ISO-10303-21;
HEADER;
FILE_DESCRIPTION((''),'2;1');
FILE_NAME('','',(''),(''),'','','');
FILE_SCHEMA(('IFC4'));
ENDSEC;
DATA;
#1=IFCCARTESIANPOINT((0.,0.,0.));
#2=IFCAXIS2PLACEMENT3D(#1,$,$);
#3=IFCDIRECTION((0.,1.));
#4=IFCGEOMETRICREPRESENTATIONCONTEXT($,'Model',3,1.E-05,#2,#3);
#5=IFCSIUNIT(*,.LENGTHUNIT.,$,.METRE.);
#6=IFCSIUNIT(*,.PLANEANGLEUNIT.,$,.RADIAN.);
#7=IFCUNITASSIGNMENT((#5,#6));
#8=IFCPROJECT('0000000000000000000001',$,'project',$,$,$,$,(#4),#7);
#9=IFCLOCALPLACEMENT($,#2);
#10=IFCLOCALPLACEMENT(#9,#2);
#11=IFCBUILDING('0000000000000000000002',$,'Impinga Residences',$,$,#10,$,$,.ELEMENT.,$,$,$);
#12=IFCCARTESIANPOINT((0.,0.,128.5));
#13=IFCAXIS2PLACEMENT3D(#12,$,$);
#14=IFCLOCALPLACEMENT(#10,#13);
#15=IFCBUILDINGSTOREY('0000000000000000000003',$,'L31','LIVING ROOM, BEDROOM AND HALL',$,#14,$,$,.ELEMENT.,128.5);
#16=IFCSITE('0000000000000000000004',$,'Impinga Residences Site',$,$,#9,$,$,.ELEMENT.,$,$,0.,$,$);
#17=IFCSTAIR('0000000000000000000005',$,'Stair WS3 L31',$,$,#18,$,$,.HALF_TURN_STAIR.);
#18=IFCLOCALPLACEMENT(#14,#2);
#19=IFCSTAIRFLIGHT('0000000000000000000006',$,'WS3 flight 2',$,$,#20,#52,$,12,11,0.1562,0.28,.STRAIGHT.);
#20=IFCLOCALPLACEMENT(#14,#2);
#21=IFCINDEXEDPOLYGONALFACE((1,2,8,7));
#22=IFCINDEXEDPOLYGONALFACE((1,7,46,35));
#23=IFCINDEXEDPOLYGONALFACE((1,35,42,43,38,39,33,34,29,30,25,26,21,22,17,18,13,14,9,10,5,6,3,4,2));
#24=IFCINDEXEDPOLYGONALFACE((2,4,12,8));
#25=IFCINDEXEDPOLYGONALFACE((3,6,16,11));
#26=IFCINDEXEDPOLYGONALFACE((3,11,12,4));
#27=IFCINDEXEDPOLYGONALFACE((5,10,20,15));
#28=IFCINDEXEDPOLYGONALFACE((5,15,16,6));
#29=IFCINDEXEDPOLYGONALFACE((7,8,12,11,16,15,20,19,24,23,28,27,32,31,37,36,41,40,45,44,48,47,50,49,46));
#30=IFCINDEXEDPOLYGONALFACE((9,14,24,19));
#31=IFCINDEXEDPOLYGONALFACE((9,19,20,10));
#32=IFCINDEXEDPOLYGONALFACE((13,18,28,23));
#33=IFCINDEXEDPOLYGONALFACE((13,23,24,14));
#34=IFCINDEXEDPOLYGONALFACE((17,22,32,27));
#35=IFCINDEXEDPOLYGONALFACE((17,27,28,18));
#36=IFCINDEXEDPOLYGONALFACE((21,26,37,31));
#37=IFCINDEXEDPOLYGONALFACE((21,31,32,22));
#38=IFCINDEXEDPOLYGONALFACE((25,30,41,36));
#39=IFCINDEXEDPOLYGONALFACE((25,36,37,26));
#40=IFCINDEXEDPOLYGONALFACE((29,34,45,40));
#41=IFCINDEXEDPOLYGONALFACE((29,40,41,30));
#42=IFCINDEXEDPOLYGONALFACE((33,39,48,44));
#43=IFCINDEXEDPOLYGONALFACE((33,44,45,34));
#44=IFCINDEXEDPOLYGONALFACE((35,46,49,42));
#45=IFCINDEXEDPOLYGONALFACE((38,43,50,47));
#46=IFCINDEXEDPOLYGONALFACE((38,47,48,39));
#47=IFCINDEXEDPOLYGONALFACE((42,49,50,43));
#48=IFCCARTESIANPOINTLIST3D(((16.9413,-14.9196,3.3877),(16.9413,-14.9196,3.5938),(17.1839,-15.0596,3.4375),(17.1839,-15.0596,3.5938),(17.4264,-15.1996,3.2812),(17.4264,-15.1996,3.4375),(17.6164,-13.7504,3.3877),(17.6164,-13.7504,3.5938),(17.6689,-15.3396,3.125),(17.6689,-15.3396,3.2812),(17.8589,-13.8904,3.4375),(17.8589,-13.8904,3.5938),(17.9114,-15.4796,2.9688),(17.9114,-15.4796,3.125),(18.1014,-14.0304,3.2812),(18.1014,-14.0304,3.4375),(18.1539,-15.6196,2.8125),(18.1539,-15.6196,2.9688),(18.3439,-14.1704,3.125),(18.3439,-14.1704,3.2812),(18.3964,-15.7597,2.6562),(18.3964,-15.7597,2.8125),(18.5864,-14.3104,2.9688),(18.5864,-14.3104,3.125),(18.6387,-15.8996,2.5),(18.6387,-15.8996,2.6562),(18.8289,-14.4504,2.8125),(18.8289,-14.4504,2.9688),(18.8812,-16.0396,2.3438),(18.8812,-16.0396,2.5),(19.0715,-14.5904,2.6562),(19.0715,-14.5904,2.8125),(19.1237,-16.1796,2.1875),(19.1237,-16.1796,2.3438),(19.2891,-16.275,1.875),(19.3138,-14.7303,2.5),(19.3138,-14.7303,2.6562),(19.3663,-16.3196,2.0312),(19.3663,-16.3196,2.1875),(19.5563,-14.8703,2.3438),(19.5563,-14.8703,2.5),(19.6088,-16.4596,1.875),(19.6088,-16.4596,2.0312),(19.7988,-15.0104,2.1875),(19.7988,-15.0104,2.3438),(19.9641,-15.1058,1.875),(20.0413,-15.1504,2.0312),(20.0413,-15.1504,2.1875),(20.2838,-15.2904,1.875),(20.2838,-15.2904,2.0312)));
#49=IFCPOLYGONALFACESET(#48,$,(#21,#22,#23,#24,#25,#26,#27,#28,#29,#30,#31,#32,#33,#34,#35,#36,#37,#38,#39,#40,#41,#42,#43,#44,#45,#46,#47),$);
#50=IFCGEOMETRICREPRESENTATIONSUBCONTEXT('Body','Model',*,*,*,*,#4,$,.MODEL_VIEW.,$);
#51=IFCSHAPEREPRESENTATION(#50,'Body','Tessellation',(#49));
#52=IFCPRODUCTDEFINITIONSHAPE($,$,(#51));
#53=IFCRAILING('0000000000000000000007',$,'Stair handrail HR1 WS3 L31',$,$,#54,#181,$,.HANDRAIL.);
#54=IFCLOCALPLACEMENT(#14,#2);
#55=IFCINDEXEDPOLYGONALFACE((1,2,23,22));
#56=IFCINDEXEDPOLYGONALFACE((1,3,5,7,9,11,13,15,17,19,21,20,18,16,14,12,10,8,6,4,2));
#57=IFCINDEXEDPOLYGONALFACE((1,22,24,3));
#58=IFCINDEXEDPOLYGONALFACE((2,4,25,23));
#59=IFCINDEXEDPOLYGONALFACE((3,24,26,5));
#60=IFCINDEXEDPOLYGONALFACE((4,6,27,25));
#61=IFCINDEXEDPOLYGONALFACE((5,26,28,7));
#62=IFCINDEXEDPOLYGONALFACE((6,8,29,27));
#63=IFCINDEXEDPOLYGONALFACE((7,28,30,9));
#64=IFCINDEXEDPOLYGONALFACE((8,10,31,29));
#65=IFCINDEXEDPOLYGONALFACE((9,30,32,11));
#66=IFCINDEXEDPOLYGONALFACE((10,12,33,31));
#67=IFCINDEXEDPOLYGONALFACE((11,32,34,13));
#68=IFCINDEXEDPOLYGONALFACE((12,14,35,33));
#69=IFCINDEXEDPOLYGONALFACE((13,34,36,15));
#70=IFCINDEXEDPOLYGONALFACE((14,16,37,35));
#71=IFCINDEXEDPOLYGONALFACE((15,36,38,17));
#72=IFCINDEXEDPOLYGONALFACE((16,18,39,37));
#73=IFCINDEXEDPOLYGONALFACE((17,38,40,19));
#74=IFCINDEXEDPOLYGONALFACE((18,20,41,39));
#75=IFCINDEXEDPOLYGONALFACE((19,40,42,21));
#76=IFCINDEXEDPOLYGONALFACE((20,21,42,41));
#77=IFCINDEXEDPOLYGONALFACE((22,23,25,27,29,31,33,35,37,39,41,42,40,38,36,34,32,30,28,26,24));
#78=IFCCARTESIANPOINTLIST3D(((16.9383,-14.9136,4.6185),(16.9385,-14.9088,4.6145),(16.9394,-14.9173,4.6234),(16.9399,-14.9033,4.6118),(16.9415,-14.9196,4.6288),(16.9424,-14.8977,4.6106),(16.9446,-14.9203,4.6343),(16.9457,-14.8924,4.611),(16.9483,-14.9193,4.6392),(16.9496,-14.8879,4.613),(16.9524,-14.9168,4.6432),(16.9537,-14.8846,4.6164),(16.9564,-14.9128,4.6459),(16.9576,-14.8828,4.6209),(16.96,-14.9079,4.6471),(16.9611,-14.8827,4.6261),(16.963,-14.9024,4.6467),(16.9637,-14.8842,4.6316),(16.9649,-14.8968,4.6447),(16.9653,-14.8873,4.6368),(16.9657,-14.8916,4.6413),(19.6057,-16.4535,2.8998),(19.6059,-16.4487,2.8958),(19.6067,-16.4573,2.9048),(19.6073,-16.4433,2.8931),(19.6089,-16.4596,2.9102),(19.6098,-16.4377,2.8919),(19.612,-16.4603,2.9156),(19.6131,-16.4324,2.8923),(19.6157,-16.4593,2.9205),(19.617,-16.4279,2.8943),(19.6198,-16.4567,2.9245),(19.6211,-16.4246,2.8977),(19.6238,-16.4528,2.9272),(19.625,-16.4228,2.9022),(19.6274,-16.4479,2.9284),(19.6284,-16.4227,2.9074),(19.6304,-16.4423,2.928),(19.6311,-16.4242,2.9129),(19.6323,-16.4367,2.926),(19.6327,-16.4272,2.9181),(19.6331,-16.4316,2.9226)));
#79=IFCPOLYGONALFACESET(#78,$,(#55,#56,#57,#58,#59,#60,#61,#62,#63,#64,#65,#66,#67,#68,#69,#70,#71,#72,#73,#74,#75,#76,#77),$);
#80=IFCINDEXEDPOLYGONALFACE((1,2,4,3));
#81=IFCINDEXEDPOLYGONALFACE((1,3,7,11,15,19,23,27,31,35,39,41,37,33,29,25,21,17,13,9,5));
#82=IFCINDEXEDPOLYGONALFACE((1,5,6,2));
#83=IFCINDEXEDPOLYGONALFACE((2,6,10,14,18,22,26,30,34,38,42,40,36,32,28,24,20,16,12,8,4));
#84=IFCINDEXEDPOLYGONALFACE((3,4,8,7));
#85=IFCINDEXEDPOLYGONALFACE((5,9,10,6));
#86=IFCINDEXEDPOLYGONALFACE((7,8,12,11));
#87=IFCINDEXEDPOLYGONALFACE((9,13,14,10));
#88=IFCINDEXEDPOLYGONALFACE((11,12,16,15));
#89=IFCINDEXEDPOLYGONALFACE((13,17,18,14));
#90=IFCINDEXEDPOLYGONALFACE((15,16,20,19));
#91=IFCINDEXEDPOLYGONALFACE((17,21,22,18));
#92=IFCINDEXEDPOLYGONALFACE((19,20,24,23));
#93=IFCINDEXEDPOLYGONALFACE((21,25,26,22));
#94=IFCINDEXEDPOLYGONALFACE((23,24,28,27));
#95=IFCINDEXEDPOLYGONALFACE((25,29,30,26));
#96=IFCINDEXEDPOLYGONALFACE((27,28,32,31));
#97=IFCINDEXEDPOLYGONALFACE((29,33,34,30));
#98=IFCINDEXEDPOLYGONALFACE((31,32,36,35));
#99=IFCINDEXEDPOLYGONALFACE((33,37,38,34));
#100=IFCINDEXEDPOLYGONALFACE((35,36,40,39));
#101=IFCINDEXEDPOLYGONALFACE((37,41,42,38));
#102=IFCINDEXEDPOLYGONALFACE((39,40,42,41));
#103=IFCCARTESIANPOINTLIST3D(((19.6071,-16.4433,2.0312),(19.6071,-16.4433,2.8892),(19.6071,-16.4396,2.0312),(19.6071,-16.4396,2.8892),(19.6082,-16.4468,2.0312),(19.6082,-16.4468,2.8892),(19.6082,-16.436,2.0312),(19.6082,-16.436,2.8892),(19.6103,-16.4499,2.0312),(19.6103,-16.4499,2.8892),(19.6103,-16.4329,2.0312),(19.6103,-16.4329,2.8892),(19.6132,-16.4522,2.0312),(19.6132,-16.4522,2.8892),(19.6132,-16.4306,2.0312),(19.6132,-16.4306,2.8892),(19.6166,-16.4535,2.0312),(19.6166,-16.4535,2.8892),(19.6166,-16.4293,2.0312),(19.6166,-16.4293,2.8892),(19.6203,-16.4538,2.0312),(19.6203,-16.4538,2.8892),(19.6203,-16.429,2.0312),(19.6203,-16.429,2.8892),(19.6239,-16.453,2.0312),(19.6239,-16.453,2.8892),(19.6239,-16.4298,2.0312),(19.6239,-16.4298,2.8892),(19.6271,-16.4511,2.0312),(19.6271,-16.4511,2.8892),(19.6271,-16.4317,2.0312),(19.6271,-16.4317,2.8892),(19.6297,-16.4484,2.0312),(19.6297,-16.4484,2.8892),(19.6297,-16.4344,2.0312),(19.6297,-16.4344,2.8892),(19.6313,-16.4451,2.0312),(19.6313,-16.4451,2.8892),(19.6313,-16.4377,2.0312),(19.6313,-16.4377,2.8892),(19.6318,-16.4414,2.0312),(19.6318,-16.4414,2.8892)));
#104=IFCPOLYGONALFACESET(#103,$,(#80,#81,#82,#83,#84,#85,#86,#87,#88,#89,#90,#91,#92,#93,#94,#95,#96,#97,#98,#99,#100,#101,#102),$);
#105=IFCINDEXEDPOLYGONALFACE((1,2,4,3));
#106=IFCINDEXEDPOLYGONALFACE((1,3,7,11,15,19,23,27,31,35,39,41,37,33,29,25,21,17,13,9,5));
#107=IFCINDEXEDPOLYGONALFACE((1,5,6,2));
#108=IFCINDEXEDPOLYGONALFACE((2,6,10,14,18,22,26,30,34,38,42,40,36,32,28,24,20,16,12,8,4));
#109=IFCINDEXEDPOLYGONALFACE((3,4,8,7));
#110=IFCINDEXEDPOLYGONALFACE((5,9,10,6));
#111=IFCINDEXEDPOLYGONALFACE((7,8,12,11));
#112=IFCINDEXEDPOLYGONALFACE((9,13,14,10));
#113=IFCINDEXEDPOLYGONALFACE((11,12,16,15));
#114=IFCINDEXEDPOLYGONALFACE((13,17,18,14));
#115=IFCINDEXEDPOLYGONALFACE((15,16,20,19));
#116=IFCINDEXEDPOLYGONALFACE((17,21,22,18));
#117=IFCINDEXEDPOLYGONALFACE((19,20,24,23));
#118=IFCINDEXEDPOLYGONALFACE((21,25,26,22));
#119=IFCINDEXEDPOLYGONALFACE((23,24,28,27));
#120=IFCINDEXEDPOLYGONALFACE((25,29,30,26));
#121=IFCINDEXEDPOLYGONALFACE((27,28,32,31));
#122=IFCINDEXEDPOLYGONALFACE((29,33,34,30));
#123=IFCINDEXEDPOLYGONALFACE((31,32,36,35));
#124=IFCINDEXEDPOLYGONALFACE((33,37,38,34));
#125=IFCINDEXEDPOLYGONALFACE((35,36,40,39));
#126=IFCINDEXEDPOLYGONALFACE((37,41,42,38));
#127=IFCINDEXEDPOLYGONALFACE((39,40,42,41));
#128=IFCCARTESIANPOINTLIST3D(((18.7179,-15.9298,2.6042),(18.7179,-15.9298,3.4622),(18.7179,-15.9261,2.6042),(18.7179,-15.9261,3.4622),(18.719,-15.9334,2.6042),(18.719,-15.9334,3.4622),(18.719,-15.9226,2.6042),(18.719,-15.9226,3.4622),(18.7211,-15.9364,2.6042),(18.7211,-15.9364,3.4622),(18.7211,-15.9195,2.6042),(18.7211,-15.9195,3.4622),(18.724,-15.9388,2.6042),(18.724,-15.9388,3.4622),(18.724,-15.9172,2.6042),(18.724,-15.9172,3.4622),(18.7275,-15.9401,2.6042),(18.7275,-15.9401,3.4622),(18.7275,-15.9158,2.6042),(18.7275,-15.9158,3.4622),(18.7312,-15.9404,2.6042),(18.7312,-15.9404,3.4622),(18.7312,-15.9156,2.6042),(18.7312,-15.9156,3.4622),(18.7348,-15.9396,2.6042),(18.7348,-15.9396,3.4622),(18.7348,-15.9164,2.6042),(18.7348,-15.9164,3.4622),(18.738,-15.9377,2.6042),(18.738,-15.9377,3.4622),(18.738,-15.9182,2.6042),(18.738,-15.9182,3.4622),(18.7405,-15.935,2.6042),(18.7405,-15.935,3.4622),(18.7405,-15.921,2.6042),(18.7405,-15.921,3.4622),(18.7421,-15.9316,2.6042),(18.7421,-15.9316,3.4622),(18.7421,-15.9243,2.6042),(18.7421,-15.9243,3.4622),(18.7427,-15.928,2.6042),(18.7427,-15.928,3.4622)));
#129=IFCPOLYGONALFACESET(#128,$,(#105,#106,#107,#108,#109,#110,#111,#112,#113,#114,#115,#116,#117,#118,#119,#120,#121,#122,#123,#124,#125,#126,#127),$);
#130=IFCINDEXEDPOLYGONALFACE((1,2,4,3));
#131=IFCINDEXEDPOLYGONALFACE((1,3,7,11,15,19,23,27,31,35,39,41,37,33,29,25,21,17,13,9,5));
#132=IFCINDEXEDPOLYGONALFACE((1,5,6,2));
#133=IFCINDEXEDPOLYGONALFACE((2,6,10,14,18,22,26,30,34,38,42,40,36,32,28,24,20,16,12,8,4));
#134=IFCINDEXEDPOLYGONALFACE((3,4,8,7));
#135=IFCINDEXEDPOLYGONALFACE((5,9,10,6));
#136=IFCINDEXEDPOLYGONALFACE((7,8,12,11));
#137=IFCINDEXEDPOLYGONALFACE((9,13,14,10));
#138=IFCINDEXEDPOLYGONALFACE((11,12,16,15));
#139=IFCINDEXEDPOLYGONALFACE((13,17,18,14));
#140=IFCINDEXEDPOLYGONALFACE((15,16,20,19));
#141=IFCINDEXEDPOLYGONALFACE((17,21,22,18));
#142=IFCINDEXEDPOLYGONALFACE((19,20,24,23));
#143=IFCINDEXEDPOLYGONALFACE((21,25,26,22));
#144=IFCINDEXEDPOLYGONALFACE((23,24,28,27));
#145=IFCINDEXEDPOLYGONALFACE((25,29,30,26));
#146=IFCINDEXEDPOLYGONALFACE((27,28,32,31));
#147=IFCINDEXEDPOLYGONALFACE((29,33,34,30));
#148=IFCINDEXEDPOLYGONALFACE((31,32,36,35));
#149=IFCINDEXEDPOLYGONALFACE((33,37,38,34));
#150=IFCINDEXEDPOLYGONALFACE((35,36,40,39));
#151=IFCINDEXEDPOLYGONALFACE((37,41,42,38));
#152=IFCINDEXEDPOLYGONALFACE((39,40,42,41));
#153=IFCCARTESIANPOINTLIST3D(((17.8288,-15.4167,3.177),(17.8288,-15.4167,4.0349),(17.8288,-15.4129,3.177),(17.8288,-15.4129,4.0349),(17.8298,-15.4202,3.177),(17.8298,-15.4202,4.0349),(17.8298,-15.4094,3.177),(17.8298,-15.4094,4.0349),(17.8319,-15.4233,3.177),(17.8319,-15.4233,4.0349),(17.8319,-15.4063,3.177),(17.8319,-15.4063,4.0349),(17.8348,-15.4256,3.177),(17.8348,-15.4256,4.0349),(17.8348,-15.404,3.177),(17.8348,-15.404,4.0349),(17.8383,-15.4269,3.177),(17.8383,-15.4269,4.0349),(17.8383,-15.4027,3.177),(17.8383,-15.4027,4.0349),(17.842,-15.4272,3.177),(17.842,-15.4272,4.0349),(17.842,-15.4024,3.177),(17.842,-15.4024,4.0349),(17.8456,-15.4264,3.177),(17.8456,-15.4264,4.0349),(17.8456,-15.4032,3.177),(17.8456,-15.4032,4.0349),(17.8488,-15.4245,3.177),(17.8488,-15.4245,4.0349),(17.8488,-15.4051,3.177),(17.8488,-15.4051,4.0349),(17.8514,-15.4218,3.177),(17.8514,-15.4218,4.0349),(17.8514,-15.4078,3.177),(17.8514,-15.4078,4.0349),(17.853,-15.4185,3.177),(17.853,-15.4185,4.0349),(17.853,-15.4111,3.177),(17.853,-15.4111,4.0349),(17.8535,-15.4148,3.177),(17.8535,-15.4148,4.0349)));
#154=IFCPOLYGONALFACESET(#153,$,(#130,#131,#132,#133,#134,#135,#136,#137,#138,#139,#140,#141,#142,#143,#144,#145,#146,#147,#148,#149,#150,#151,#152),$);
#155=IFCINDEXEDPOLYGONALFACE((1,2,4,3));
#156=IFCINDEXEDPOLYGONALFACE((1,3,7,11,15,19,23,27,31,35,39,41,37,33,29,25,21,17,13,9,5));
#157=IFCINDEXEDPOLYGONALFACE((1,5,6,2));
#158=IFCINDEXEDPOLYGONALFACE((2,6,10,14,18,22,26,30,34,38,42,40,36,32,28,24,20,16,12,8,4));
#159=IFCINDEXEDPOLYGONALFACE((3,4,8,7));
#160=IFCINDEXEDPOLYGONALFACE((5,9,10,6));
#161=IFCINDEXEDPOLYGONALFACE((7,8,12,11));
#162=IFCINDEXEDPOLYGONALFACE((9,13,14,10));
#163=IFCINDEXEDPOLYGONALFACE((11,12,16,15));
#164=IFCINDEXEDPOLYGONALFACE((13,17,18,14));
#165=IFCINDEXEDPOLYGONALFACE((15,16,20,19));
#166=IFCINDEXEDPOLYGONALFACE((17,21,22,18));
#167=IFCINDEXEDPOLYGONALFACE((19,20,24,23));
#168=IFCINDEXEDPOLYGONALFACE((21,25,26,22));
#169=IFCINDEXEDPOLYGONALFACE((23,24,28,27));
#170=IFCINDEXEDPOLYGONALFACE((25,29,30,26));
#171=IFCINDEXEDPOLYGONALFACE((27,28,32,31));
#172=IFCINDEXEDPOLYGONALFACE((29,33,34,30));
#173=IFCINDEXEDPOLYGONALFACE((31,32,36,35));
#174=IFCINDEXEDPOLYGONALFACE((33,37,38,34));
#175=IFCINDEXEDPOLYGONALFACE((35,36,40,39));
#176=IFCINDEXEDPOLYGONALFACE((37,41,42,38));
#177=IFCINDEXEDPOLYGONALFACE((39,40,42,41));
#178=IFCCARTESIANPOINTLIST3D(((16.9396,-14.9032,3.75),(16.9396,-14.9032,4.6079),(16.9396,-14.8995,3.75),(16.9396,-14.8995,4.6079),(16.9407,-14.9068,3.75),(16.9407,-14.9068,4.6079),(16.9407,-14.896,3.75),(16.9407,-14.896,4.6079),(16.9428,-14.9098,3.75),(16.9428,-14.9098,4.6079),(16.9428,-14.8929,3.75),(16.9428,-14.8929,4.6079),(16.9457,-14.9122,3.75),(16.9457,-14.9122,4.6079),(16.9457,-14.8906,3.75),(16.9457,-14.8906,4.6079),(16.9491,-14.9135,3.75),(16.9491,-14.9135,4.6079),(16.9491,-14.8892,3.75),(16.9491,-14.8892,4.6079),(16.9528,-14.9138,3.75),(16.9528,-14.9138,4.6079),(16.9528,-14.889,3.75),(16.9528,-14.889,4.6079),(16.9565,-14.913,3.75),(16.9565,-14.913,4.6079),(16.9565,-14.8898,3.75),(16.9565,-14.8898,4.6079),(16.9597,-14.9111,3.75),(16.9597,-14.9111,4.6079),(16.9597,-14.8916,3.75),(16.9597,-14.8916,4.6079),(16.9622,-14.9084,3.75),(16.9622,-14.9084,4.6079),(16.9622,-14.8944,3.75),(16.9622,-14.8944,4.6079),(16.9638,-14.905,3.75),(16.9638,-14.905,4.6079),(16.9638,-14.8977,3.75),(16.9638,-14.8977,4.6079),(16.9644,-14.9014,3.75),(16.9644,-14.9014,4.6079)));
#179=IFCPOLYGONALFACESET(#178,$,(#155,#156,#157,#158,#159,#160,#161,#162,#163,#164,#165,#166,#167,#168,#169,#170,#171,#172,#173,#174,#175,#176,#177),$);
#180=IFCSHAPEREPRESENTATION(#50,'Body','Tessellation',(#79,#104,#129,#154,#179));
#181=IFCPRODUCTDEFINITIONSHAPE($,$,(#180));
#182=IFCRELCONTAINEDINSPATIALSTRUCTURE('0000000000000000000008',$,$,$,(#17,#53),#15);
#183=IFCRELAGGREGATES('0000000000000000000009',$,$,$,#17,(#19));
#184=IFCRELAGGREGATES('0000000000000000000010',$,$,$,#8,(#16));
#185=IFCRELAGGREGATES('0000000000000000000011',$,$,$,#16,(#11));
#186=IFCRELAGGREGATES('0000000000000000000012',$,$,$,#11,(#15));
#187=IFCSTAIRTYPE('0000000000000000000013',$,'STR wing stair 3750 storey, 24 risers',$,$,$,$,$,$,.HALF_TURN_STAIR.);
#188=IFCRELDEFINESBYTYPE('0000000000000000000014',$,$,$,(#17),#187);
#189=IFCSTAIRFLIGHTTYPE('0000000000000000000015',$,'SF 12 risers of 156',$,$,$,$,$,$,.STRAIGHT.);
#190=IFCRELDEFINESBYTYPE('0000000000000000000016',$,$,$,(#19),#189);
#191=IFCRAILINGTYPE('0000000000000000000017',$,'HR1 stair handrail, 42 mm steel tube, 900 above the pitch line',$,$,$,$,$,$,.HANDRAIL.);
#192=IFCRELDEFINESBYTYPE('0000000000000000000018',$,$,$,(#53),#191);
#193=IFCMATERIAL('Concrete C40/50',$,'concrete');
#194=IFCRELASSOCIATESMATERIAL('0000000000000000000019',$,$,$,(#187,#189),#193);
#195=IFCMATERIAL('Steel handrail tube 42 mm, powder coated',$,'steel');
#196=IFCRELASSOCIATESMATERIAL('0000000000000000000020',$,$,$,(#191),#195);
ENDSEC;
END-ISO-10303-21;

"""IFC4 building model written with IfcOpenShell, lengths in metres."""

from ifc_helpers import new_model, si_unit, direction, frame, origin, origin_2d, place, context, subcontext, project, spatial, polyline, circle, outline, extrude, material, type_object, element, aggregate, save


model = new_model("IFC4")

# Units and contexts
model_context = context("Model", 3, precision=1e-05, world=origin(), true_north=direction((0.0, 1.0)))
body_context = subcontext(model_context, "Body", "Model", "MODEL_VIEW")
ifc_project = project(units=[si_unit("LENGTHUNIT", "METRE"), si_unit("PLANEANGLEUNIT", "RADIAN")], contexts=[model_context])

# Site, building, storey
site_placement = place(None, origin())
site = spatial("IfcSite", under=ifc_project, at=site_placement, Name="Impinga Residences Site", CompositionType="ELEMENT", RefElevation=0.0)
building_placement = place(site_placement, origin())
building = spatial("IfcBuilding", under=site, at=building_placement, Name="Impinga Residences", CompositionType="ELEMENT")
storey_placement = place(building_placement, frame((0.0, 0.0, 128.5)))
storey = spatial("IfcBuildingStorey", under=building, at=storey_placement, Name="L31", Description="LIVING ROOM, BEDROOM AND HALL", CompositionType="ELEMENT", Elevation=128.5)

# Stair, stair flight
ifc_material_1 = material(Name="Concrete C40/50", Category="concrete")
stair_type = type_object("IfcStairType", Name="STR wing stair 3750 storey, 24 risers", PredefinedType="HALF_TURN_STAIR", material=ifc_material_1)
stair_placement = place(storey_placement, origin())
stair = element("IfcStair", 1, at=stair_placement, inside=storey, type_object=stair_type, Name="Stair WS3 L31", PredefinedType="HALF_TURN_STAIR")
stair_flight_type = type_object("IfcStairFlightType", Name="SF 12 risers of 156", PredefinedType="STRAIGHT", material=ifc_material_1)
stair_flight_placement = place(storey_placement, frame((19.9463, -15.875, 1.875), z_axis=(0.0, 0.0, 1.0), x_axis=(-0.866025, 0.5, 0.0)))
stair_flight = element("IfcStairFlight", 2, at=stair_flight_placement, type_object=stair_flight_type, Name="WS3 flight 2", NumberOfRisers=12, NumberOfTreads=11, PredefinedType="STRAIGHT", RiserHeight=0.1562, TreadLength=0.28, context=body_context, shape_type="SweptSolid", body=[
    extrude(outline(polyline([(0.0, 0.0), (0.0, 0.1562), (0.28, 0.1562), (0.28, 0.3125), (0.5601, 0.3125), (0.5601, 0.4688), (0.8401, 0.4688), (0.8401, 0.625), (1.1201, 0.625), (1.1201, 0.7812), (1.3999, 0.7812), (1.3999, 0.9375), (1.6799, 0.9375), (1.6799, 1.0938), (1.96, 1.0938), (1.96, 1.25), (2.24, 1.25), (2.24, 1.4062), (2.52, 1.4062), (2.52, 1.5625), (2.8, 1.5625), (2.8, 1.7188), (3.0801, 1.7188), (3.0801, 1.875), (3.0801, 1.5127), (0.3691, 0.0), (0.0, 0.0)])), frame((0.0, 0.675, 0.0), z_axis=(0.0, -1.0, 0.0), x_axis=(1.0, 0.0, 0.0)), (0.0, 0.0, 1.0), 1.3501),
])
aggregate(stair, [stair_flight])

# Railing
ifc_material_2 = material(Name="Steel handrail tube 42 mm, powder coated", Category="steel")
railing_type = type_object("IfcRailingType", Name="HR1 stair handrail, 42 mm steel tube, 900 above the pitch line", PredefinedType="HANDRAIL", material=ifc_material_2)
railing_placement = place(storey_placement, frame((19.6194, -16.4414, 2.0312)))
element("IfcRailing", 3, at=railing_placement, inside=storey, type_object=railing_type, Name="Stair handrail HR1 WS3 L31", PredefinedType="HANDRAIL", context=body_context, shape_type="SweptSolid", body=[
    extrude(circle(Radius=0.021, at=origin_2d()), frame((0.0, 0.0, 0.8789), z_axis=(-0.756256, 0.436616, 0.487282), x_axis=(-0.499992, -0.86603, 0.0)), (0.0, 0.0, 1.0), 3.5271),
    extrude(circle(Radius=0.0125, at=origin_2d()), origin(), (0.0, 0.0, 1.0), 0.8579),
    extrude(circle(Radius=0.0125, at=origin_2d()), frame((-0.8892, 0.5134, 0.573)), (0.0, 0.0, 1.0), 0.8579),
    extrude(circle(Radius=0.0125, at=origin_2d()), frame((-1.7783, 1.0266, 1.1458)), (0.0, 0.0, 1.0), 0.8579),
    extrude(circle(Radius=0.0125, at=origin_2d()), frame((-2.6675, 1.54, 1.7188)), (0.0, 0.0, 1.0), 0.8579),
])

save(model, "model.ifc")
